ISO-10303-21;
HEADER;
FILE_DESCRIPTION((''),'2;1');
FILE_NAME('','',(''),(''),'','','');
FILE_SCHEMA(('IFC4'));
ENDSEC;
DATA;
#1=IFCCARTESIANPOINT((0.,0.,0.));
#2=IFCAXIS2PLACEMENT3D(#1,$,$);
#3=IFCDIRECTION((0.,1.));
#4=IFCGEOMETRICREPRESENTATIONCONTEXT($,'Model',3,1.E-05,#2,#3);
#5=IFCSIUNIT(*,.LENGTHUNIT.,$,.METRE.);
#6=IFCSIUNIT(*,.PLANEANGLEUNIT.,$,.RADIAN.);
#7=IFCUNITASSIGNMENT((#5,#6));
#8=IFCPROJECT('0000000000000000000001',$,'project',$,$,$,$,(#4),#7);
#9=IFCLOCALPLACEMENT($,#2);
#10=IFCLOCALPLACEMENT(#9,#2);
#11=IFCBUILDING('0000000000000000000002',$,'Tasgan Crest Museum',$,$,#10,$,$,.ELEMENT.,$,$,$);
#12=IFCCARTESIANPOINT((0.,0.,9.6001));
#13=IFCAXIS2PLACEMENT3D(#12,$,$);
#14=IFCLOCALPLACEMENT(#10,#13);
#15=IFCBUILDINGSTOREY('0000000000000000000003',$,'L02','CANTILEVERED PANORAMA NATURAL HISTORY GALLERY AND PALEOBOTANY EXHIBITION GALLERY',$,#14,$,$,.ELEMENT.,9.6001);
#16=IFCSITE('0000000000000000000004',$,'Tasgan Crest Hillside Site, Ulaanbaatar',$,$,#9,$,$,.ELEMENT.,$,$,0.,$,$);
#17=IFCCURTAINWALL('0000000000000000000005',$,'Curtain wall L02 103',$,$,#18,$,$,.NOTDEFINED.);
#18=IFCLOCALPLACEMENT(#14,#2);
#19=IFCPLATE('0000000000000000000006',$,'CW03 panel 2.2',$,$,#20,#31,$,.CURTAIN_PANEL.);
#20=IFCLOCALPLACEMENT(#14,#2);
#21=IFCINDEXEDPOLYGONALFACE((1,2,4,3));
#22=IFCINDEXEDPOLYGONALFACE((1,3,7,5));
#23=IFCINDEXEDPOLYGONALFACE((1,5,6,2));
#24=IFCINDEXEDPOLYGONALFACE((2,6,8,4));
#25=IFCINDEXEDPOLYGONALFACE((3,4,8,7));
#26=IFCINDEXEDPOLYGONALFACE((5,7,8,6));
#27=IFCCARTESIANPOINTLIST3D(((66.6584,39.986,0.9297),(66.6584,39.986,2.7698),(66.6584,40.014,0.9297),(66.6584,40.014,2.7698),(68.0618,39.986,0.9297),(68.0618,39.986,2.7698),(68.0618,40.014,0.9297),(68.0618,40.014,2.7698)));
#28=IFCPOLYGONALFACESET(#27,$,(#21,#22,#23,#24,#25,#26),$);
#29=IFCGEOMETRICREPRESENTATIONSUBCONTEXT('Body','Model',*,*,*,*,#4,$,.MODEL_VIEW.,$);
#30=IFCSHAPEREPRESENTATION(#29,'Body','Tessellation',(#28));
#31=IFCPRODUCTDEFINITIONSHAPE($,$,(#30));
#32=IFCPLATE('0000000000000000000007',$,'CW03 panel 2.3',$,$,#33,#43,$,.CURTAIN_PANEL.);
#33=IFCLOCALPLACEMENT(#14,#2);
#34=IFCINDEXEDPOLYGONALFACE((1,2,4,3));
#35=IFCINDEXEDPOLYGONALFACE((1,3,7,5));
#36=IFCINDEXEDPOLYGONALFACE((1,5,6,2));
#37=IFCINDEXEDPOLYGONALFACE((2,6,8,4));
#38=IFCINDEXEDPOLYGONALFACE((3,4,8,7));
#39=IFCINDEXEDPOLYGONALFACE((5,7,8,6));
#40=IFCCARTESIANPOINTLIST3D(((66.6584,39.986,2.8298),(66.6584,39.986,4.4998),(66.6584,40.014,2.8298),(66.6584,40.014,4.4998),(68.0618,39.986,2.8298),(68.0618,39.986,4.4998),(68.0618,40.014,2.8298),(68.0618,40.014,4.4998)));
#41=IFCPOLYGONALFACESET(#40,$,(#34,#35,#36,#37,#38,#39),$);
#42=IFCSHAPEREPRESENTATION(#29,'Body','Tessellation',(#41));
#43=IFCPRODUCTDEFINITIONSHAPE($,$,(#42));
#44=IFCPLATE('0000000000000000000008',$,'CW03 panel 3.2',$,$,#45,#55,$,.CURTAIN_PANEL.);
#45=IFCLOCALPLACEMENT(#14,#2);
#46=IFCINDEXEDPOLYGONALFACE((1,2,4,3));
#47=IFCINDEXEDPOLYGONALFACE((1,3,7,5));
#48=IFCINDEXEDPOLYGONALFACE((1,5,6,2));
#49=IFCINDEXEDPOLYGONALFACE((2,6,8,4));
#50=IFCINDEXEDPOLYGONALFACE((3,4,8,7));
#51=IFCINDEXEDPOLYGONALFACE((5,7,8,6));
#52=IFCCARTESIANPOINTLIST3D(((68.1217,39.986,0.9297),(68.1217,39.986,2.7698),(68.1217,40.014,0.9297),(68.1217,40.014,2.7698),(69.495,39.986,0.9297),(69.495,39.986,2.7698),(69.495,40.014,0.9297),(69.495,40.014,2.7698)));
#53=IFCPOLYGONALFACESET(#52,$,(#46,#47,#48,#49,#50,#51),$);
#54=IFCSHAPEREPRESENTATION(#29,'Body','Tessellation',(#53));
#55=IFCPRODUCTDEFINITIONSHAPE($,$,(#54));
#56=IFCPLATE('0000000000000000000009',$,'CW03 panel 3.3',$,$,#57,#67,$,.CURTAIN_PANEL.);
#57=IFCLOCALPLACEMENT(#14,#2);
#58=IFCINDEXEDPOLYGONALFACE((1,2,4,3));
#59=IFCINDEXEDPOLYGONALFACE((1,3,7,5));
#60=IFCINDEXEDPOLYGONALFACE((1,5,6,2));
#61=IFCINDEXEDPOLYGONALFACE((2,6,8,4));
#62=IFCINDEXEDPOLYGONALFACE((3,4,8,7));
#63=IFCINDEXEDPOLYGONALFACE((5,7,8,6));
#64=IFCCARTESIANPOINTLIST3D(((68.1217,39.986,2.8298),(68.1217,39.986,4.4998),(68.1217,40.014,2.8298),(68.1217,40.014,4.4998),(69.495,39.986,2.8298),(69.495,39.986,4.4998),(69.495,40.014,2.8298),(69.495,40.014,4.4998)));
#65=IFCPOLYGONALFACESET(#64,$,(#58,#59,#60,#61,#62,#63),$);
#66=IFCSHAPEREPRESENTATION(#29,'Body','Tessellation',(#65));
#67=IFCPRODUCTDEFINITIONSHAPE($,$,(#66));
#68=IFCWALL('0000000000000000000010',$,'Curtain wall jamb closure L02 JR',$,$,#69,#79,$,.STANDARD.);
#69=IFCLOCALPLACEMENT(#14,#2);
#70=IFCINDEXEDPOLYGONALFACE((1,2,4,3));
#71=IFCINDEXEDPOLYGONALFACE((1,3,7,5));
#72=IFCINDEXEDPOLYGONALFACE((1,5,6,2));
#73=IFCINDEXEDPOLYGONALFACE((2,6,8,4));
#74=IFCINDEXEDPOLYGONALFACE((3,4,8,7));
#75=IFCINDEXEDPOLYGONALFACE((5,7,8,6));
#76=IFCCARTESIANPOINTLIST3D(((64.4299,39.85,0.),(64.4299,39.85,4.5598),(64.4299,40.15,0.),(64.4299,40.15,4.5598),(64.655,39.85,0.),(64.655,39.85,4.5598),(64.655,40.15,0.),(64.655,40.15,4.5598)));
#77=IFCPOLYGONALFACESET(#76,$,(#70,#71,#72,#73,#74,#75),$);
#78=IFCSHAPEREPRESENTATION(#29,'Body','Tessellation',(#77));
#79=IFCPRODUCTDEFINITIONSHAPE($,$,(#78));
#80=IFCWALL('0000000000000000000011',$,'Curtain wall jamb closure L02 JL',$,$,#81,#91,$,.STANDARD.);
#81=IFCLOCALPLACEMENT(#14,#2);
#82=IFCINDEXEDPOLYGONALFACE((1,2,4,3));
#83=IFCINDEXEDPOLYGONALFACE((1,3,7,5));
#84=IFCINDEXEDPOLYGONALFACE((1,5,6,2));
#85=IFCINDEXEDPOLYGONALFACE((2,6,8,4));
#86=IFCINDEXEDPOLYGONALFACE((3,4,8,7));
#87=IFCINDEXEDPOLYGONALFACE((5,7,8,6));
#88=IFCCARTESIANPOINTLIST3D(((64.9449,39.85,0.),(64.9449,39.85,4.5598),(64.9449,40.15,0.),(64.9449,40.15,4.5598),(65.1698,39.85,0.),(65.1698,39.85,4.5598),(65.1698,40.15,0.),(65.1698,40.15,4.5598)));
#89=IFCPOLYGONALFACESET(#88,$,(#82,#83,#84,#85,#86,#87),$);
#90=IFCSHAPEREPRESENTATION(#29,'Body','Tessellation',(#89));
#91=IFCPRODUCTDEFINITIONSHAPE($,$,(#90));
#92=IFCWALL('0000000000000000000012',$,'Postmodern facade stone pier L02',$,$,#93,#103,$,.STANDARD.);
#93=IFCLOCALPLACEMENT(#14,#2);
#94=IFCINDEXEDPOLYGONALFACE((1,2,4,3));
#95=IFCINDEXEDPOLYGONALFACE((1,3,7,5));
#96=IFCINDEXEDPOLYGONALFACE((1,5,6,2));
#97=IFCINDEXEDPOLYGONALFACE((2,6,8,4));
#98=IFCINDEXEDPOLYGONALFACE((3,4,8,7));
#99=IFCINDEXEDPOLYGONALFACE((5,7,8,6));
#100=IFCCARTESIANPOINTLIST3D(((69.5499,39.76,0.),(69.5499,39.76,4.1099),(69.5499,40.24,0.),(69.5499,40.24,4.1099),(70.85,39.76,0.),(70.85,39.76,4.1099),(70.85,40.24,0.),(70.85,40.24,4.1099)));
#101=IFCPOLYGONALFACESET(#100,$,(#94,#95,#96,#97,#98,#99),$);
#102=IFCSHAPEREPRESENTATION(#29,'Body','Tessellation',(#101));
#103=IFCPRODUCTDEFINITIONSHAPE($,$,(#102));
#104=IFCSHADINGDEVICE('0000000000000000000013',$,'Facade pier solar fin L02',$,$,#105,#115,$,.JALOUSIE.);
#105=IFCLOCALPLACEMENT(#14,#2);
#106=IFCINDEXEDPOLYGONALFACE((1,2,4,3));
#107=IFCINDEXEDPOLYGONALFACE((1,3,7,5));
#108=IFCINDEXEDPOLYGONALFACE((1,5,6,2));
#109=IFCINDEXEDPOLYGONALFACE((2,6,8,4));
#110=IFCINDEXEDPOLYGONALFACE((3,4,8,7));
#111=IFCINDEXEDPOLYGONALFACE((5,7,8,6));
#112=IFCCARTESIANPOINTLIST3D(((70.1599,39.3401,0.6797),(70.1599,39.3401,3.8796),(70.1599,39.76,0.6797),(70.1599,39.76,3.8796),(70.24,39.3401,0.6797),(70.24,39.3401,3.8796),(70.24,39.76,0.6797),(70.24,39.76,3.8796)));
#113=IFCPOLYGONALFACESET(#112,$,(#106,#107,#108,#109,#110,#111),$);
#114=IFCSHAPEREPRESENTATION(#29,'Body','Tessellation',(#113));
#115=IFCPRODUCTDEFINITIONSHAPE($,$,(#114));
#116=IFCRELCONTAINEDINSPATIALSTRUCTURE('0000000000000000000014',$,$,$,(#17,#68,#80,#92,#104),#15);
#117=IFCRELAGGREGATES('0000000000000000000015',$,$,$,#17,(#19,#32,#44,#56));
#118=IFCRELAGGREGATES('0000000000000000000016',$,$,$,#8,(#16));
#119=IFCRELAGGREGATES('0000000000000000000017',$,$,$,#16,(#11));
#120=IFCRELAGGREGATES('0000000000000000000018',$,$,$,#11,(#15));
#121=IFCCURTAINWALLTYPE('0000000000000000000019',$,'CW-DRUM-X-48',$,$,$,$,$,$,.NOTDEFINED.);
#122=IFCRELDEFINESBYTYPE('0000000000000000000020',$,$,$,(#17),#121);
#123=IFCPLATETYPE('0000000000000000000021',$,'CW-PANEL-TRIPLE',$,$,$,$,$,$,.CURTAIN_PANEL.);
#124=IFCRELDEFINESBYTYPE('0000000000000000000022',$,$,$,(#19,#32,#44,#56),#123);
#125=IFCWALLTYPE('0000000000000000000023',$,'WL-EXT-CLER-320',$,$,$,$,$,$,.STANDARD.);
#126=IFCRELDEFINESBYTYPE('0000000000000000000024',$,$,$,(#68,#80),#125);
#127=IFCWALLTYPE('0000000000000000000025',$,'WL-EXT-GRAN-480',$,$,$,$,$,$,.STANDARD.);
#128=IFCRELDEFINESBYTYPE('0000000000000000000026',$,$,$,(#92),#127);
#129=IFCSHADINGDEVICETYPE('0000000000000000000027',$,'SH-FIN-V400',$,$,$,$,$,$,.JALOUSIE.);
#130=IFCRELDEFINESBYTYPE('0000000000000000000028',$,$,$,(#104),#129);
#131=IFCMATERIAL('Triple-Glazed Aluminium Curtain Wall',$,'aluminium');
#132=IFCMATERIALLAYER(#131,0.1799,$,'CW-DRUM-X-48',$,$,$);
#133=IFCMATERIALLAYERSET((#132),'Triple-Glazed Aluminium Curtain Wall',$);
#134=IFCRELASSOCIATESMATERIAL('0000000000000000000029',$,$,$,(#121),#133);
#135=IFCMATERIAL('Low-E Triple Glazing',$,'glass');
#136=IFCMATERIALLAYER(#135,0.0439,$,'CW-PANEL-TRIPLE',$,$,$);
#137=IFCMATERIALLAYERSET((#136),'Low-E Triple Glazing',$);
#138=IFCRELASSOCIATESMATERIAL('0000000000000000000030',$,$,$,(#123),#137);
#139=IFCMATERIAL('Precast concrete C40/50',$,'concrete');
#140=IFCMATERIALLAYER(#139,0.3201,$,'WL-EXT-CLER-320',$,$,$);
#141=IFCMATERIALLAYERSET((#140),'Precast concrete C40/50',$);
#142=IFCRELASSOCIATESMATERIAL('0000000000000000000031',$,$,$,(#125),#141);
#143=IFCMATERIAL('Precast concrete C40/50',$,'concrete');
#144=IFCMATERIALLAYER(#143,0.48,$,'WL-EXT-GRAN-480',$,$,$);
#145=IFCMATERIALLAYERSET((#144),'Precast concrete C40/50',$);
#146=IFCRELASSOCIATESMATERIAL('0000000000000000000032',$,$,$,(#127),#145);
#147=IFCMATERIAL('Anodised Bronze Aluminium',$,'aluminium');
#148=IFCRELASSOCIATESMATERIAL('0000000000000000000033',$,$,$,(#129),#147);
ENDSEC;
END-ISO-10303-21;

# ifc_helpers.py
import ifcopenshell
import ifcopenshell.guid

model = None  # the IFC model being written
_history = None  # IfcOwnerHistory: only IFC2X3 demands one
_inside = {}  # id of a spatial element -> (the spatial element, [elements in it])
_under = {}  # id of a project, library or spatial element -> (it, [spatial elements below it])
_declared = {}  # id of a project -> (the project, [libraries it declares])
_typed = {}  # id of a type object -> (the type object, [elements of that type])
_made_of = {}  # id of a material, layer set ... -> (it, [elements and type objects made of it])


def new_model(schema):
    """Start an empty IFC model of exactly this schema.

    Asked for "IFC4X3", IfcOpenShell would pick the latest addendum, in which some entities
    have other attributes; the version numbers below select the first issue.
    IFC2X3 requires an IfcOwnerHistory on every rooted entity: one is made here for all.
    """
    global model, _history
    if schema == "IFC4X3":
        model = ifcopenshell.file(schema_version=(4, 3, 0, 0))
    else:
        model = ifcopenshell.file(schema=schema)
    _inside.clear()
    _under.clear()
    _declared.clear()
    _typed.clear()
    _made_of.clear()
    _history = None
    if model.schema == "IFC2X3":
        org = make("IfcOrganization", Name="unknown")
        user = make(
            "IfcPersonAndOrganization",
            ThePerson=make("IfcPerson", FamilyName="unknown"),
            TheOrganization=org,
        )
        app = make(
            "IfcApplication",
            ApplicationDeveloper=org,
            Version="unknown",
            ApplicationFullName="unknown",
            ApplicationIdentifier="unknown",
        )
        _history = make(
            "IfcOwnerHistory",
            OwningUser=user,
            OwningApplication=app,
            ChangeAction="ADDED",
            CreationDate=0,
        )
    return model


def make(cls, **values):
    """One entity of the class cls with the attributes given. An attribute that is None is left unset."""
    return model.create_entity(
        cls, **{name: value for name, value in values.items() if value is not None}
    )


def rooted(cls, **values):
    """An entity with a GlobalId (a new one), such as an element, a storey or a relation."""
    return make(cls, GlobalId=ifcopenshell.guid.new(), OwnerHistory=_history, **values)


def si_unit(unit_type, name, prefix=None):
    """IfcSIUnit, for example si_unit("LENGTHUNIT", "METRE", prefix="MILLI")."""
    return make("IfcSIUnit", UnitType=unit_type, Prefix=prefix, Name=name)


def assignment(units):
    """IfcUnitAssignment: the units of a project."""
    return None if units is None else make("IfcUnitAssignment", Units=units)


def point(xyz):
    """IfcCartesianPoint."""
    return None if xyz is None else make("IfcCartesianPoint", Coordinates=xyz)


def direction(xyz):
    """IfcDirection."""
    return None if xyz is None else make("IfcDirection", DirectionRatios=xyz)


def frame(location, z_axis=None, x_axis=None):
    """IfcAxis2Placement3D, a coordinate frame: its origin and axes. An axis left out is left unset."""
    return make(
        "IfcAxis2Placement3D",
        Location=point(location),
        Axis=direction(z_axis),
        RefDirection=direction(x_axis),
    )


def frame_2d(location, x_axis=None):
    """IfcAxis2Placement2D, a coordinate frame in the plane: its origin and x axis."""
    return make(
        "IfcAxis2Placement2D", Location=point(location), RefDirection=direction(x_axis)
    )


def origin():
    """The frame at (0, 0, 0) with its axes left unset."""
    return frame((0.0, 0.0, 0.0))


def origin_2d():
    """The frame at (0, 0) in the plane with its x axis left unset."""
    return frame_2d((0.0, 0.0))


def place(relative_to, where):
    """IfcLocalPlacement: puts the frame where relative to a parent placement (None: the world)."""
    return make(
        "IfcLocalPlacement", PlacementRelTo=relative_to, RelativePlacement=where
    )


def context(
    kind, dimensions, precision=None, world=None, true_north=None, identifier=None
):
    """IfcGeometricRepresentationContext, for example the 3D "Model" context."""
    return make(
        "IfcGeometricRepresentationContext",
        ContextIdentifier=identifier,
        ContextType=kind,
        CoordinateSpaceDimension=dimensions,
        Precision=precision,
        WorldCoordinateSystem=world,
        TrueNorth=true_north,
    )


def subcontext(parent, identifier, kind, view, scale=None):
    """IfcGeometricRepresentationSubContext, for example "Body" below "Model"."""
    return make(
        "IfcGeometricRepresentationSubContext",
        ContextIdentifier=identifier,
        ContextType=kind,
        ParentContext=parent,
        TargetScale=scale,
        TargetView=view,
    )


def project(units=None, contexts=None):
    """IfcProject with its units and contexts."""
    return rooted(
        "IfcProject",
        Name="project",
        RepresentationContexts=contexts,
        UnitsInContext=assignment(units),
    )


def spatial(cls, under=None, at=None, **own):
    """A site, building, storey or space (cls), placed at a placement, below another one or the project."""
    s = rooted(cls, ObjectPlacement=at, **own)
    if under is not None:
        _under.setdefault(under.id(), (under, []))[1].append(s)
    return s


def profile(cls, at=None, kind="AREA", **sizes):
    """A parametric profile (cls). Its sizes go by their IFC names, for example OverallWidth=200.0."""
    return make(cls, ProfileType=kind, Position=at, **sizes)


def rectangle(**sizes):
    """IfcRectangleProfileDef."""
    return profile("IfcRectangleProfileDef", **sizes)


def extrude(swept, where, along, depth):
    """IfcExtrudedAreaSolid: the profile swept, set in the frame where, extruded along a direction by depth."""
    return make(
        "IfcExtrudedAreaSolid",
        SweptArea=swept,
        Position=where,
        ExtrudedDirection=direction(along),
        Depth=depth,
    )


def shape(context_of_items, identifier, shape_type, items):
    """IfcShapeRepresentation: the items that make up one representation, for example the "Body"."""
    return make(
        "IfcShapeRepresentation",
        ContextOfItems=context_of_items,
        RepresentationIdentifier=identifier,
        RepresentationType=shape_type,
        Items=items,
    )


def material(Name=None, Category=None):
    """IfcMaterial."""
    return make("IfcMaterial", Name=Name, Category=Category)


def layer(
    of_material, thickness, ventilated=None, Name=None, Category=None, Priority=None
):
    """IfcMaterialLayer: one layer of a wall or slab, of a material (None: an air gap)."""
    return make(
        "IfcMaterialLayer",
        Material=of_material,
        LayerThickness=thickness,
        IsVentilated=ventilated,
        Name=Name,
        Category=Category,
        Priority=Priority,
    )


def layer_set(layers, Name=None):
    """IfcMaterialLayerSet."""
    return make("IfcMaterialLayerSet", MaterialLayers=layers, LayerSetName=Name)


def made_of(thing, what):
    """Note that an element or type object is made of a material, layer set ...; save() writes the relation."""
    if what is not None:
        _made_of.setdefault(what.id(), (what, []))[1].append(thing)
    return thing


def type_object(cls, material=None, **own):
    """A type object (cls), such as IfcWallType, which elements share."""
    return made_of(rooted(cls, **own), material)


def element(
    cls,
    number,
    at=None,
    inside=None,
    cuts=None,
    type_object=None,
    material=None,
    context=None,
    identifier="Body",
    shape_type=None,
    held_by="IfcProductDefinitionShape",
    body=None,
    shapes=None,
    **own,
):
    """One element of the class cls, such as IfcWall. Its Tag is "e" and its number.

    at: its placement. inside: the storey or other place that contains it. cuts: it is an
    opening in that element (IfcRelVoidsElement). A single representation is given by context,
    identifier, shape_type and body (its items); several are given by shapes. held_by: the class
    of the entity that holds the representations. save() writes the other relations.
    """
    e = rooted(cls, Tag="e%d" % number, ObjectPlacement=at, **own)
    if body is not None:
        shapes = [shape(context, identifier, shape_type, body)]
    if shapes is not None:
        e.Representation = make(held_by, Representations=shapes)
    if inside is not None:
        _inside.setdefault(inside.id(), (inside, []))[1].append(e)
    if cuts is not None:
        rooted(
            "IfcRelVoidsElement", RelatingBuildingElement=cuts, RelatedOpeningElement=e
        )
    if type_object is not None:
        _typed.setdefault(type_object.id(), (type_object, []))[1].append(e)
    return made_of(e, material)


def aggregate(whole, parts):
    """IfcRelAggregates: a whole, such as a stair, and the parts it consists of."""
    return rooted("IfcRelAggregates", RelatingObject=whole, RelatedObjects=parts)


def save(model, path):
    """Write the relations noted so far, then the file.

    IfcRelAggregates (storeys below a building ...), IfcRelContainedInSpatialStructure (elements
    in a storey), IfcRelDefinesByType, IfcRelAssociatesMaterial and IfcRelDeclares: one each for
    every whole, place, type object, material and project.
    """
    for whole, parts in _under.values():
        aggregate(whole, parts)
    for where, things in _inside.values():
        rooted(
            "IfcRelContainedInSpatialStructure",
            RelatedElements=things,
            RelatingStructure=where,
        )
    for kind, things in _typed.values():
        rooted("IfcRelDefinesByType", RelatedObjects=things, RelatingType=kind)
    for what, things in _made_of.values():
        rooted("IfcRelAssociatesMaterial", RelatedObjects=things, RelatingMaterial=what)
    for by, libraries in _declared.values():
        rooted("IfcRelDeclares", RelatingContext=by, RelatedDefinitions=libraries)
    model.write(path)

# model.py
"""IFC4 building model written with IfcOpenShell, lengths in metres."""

from ifc_helpers import new_model, si_unit, direction, frame, frame_2d, origin, origin_2d, place, context, subcontext, project, spatial, rectangle, extrude, material, layer, layer_set, type_object, element, aggregate, save


model = new_model("IFC4")

# Units and contexts
model_context = context("Model", 3, precision=1e-05, world=origin(), true_north=direction((0.0, 1.0)))
body_context = subcontext(model_context, "Body", "Model", "MODEL_VIEW")
ifc_project = project(units=[si_unit("LENGTHUNIT", "METRE"), si_unit("PLANEANGLEUNIT", "RADIAN")], contexts=[model_context])

# Site, building, storey
site_placement = place(None, origin())
site = spatial("IfcSite", under=ifc_project, at=site_placement, Name="Tasgan Crest Hillside Site, Ulaanbaatar", CompositionType="ELEMENT", RefElevation=0.0)
building_placement = place(site_placement, origin())
building = spatial("IfcBuilding", under=site, at=building_placement, Name="Tasgan Crest Museum", CompositionType="ELEMENT")
storey_placement = place(building_placement, frame((0.0, 0.0, 9.6001)))
storey = spatial("IfcBuildingStorey", under=building, at=storey_placement, Name="L02", Description="CANTILEVERED PANORAMA NATURAL HISTORY GALLERY AND PALEOBOTANY EXHIBITION GALLERY", CompositionType="ELEMENT", Elevation=9.6001)

# Shared definitions
ifc_material_1 = material(Name="Triple-Glazed Aluminium Curtain Wall", Category="aluminium")
ifc_layer_1 = layer(ifc_material_1, 0.1799, Name="CW-DRUM-X-48")
ifc_layer_set_1 = layer_set([ifc_layer_1], Name="Triple-Glazed Aluminium Curtain Wall")
curtain_wall_type = type_object("IfcCurtainWallType", Name="CW-DRUM-X-48", PredefinedType="NOTDEFINED", material=ifc_layer_set_1)

# Curtain wall
curtain_wall_1_placement = place(storey_placement, origin())
curtain_wall_1 = element("IfcCurtainWall", 1, at=curtain_wall_1_placement, inside=storey, type_object=curtain_wall_type, Name="Curtain wall L02 103", PredefinedType="NOTDEFINED")

# Plates
ifc_material_2 = material(Name="Low-E Triple Glazing", Category="glass")
ifc_layer_2 = layer(ifc_material_2, 0.0439, Name="CW-PANEL-TRIPLE")
ifc_layer_set_2 = layer_set([ifc_layer_2], Name="Low-E Triple Glazing")
plate_type_1 = type_object("IfcPlateType", Name="CW-PANEL-TRIPLE", PredefinedType="CURTAIN_PANEL", material=ifc_layer_set_2)
plate_1_placement = place(storey_placement, frame((67.3601, 40.0, 0.9297), z_axis=(0.0, 0.0, 1.0), x_axis=(1.0, 0.0, 0.0)))
plate_1 = element("IfcPlate", 2, at=plate_1_placement, type_object=plate_type_1, Name="CW03 panel 2.2", PredefinedType="CURTAIN_PANEL", context=body_context, shape_type="SweptSolid", body=[
    extrude(rectangle(XDim=1.4033, YDim=0.0281, at=origin_2d()), origin(), (0.0, 0.0, 1.0), 1.8401),
])
plate_2_placement = place(storey_placement, frame((67.3601, 40.0, 2.8298), z_axis=(0.0, 0.0, 1.0), x_axis=(1.0, 0.0, 0.0)))
plate_2 = element("IfcPlate", 3, at=plate_2_placement, type_object=plate_type_1, Name="CW03 panel 2.3", PredefinedType="CURTAIN_PANEL", context=body_context, shape_type="SweptSolid", body=[
    extrude(rectangle(XDim=1.4033, YDim=0.0281, at=origin_2d()), origin(), (0.0, 0.0, 1.0), 1.6699),
])
plate_3_placement = place(storey_placement, frame((68.8083, 40.0, 0.9297), z_axis=(0.0, 0.0, 1.0), x_axis=(1.0, 0.0, 0.0)))
plate_3 = element("IfcPlate", 4, at=plate_3_placement, type_object=plate_type_1, Name="CW03 panel 3.2", PredefinedType="CURTAIN_PANEL", context=body_context, shape_type="SweptSolid", body=[
    extrude(rectangle(XDim=1.3733, YDim=0.0281, at=origin_2d()), origin(), (0.0, 0.0, 1.0), 1.8401),
])
plate_4_placement = place(storey_placement, frame((68.8083, 40.0, 2.8298), z_axis=(0.0, 0.0, 1.0), x_axis=(1.0, 0.0, 0.0)))
plate_4 = element("IfcPlate", 5, at=plate_4_placement, type_object=plate_type_1, Name="CW03 panel 3.3", PredefinedType="CURTAIN_PANEL", context=body_context, shape_type="SweptSolid", body=[
    extrude(rectangle(XDim=1.3733, YDim=0.0281, at=origin_2d()), origin(), (0.0, 0.0, 1.0), 1.6699),
])
aggregate(curtain_wall_1, [plate_1, plate_2, plate_3, plate_4])

# Walls
ifc_material_3 = material(Name="Precast concrete C40/50", Category="concrete")
ifc_layer_3 = layer(ifc_material_3, 0.3201, Name="WL-EXT-CLER-320")
ifc_layer_set_3 = layer_set([ifc_layer_3], Name="Precast concrete C40/50")
wall_type_1 = type_object("IfcWallType", Name="WL-EXT-CLER-320", PredefinedType="STANDARD", material=ifc_layer_set_3)
wall_1_placement = place(storey_placement, frame((64.4299, 40.0, 0.0), z_axis=(0.0, 0.0, 1.0), x_axis=(1.0, 0.0, 0.0)))
element("IfcWall", 6, at=wall_1_placement, inside=storey, type_object=wall_type_1, Name="Curtain wall jamb closure L02 JR", PredefinedType="STANDARD", context=body_context, shape_type="SweptSolid", body=[
    extrude(rectangle(XDim=0.2251, YDim=0.3, at=frame_2d((0.1125, 0.0))), origin(), (0.0, 0.0, 1.0), 4.5598),
])
wall_2_placement = place(storey_placement, frame((64.9451, 40.0, 0.0), z_axis=(0.0, 0.0, 1.0), x_axis=(1.0, 0.0, 0.0)))
element("IfcWall", 7, at=wall_2_placement, inside=storey, type_object=wall_type_1, Name="Curtain wall jamb closure L02 JL", PredefinedType="STANDARD", context=body_context, shape_type="SweptSolid", body=[
    extrude(rectangle(XDim=0.2249, YDim=0.3, at=frame_2d((0.1123, 0.0))), origin(), (0.0, 0.0, 1.0), 4.5598),
])
ifc_material_4 = material(Name="Precast concrete C40/50", Category="concrete")
ifc_layer_4 = layer(ifc_material_4, 0.48, Name="WL-EXT-GRAN-480")
ifc_layer_set_4 = layer_set([ifc_layer_4], Name="Precast concrete C40/50")
wall_type_2 = type_object("IfcWallType", Name="WL-EXT-GRAN-480", PredefinedType="STANDARD", material=ifc_layer_set_4)
wall_3_placement = place(storey_placement, frame((69.55, 40.0, 0.0), z_axis=(0.0, 0.0, 1.0), x_axis=(1.0, 0.0, 0.0)))
element("IfcWall", 8, at=wall_3_placement, inside=storey, type_object=wall_type_2, Name="Postmodern facade stone pier L02", PredefinedType="STANDARD", context=body_context, shape_type="SweptSolid", body=[
    extrude(rectangle(XDim=1.3, YDim=0.48, at=frame_2d((0.6499, 0.0))), origin(), (0.0, 0.0, 1.0), 4.1099),
])

# Shading device
ifc_material_5 = material(Name="Anodised Bronze Aluminium", Category="aluminium")
shading_device_type = type_object("IfcShadingDeviceType", Name="SH-FIN-V400", PredefinedType="JALOUSIE", material=ifc_material_5)
shading_device_placement = place(storey_placement, frame((70.2, 39.55, 0.6797), z_axis=(0.0, 0.0, 1.0), x_axis=(1.0, 0.0, 0.0)))
element("IfcShadingDevice", 9, at=shading_device_placement, inside=storey, type_object=shading_device_type, Name="Facade pier solar fin L02", PredefinedType="JALOUSIE", context=body_context, shape_type="SweptSolid", body=[
    extrude(rectangle(XDim=0.0801, YDim=0.4199, at=origin_2d()), origin(), (0.0, 0.0, 1.0), 3.2),
])

save(model, "model.ifc")
